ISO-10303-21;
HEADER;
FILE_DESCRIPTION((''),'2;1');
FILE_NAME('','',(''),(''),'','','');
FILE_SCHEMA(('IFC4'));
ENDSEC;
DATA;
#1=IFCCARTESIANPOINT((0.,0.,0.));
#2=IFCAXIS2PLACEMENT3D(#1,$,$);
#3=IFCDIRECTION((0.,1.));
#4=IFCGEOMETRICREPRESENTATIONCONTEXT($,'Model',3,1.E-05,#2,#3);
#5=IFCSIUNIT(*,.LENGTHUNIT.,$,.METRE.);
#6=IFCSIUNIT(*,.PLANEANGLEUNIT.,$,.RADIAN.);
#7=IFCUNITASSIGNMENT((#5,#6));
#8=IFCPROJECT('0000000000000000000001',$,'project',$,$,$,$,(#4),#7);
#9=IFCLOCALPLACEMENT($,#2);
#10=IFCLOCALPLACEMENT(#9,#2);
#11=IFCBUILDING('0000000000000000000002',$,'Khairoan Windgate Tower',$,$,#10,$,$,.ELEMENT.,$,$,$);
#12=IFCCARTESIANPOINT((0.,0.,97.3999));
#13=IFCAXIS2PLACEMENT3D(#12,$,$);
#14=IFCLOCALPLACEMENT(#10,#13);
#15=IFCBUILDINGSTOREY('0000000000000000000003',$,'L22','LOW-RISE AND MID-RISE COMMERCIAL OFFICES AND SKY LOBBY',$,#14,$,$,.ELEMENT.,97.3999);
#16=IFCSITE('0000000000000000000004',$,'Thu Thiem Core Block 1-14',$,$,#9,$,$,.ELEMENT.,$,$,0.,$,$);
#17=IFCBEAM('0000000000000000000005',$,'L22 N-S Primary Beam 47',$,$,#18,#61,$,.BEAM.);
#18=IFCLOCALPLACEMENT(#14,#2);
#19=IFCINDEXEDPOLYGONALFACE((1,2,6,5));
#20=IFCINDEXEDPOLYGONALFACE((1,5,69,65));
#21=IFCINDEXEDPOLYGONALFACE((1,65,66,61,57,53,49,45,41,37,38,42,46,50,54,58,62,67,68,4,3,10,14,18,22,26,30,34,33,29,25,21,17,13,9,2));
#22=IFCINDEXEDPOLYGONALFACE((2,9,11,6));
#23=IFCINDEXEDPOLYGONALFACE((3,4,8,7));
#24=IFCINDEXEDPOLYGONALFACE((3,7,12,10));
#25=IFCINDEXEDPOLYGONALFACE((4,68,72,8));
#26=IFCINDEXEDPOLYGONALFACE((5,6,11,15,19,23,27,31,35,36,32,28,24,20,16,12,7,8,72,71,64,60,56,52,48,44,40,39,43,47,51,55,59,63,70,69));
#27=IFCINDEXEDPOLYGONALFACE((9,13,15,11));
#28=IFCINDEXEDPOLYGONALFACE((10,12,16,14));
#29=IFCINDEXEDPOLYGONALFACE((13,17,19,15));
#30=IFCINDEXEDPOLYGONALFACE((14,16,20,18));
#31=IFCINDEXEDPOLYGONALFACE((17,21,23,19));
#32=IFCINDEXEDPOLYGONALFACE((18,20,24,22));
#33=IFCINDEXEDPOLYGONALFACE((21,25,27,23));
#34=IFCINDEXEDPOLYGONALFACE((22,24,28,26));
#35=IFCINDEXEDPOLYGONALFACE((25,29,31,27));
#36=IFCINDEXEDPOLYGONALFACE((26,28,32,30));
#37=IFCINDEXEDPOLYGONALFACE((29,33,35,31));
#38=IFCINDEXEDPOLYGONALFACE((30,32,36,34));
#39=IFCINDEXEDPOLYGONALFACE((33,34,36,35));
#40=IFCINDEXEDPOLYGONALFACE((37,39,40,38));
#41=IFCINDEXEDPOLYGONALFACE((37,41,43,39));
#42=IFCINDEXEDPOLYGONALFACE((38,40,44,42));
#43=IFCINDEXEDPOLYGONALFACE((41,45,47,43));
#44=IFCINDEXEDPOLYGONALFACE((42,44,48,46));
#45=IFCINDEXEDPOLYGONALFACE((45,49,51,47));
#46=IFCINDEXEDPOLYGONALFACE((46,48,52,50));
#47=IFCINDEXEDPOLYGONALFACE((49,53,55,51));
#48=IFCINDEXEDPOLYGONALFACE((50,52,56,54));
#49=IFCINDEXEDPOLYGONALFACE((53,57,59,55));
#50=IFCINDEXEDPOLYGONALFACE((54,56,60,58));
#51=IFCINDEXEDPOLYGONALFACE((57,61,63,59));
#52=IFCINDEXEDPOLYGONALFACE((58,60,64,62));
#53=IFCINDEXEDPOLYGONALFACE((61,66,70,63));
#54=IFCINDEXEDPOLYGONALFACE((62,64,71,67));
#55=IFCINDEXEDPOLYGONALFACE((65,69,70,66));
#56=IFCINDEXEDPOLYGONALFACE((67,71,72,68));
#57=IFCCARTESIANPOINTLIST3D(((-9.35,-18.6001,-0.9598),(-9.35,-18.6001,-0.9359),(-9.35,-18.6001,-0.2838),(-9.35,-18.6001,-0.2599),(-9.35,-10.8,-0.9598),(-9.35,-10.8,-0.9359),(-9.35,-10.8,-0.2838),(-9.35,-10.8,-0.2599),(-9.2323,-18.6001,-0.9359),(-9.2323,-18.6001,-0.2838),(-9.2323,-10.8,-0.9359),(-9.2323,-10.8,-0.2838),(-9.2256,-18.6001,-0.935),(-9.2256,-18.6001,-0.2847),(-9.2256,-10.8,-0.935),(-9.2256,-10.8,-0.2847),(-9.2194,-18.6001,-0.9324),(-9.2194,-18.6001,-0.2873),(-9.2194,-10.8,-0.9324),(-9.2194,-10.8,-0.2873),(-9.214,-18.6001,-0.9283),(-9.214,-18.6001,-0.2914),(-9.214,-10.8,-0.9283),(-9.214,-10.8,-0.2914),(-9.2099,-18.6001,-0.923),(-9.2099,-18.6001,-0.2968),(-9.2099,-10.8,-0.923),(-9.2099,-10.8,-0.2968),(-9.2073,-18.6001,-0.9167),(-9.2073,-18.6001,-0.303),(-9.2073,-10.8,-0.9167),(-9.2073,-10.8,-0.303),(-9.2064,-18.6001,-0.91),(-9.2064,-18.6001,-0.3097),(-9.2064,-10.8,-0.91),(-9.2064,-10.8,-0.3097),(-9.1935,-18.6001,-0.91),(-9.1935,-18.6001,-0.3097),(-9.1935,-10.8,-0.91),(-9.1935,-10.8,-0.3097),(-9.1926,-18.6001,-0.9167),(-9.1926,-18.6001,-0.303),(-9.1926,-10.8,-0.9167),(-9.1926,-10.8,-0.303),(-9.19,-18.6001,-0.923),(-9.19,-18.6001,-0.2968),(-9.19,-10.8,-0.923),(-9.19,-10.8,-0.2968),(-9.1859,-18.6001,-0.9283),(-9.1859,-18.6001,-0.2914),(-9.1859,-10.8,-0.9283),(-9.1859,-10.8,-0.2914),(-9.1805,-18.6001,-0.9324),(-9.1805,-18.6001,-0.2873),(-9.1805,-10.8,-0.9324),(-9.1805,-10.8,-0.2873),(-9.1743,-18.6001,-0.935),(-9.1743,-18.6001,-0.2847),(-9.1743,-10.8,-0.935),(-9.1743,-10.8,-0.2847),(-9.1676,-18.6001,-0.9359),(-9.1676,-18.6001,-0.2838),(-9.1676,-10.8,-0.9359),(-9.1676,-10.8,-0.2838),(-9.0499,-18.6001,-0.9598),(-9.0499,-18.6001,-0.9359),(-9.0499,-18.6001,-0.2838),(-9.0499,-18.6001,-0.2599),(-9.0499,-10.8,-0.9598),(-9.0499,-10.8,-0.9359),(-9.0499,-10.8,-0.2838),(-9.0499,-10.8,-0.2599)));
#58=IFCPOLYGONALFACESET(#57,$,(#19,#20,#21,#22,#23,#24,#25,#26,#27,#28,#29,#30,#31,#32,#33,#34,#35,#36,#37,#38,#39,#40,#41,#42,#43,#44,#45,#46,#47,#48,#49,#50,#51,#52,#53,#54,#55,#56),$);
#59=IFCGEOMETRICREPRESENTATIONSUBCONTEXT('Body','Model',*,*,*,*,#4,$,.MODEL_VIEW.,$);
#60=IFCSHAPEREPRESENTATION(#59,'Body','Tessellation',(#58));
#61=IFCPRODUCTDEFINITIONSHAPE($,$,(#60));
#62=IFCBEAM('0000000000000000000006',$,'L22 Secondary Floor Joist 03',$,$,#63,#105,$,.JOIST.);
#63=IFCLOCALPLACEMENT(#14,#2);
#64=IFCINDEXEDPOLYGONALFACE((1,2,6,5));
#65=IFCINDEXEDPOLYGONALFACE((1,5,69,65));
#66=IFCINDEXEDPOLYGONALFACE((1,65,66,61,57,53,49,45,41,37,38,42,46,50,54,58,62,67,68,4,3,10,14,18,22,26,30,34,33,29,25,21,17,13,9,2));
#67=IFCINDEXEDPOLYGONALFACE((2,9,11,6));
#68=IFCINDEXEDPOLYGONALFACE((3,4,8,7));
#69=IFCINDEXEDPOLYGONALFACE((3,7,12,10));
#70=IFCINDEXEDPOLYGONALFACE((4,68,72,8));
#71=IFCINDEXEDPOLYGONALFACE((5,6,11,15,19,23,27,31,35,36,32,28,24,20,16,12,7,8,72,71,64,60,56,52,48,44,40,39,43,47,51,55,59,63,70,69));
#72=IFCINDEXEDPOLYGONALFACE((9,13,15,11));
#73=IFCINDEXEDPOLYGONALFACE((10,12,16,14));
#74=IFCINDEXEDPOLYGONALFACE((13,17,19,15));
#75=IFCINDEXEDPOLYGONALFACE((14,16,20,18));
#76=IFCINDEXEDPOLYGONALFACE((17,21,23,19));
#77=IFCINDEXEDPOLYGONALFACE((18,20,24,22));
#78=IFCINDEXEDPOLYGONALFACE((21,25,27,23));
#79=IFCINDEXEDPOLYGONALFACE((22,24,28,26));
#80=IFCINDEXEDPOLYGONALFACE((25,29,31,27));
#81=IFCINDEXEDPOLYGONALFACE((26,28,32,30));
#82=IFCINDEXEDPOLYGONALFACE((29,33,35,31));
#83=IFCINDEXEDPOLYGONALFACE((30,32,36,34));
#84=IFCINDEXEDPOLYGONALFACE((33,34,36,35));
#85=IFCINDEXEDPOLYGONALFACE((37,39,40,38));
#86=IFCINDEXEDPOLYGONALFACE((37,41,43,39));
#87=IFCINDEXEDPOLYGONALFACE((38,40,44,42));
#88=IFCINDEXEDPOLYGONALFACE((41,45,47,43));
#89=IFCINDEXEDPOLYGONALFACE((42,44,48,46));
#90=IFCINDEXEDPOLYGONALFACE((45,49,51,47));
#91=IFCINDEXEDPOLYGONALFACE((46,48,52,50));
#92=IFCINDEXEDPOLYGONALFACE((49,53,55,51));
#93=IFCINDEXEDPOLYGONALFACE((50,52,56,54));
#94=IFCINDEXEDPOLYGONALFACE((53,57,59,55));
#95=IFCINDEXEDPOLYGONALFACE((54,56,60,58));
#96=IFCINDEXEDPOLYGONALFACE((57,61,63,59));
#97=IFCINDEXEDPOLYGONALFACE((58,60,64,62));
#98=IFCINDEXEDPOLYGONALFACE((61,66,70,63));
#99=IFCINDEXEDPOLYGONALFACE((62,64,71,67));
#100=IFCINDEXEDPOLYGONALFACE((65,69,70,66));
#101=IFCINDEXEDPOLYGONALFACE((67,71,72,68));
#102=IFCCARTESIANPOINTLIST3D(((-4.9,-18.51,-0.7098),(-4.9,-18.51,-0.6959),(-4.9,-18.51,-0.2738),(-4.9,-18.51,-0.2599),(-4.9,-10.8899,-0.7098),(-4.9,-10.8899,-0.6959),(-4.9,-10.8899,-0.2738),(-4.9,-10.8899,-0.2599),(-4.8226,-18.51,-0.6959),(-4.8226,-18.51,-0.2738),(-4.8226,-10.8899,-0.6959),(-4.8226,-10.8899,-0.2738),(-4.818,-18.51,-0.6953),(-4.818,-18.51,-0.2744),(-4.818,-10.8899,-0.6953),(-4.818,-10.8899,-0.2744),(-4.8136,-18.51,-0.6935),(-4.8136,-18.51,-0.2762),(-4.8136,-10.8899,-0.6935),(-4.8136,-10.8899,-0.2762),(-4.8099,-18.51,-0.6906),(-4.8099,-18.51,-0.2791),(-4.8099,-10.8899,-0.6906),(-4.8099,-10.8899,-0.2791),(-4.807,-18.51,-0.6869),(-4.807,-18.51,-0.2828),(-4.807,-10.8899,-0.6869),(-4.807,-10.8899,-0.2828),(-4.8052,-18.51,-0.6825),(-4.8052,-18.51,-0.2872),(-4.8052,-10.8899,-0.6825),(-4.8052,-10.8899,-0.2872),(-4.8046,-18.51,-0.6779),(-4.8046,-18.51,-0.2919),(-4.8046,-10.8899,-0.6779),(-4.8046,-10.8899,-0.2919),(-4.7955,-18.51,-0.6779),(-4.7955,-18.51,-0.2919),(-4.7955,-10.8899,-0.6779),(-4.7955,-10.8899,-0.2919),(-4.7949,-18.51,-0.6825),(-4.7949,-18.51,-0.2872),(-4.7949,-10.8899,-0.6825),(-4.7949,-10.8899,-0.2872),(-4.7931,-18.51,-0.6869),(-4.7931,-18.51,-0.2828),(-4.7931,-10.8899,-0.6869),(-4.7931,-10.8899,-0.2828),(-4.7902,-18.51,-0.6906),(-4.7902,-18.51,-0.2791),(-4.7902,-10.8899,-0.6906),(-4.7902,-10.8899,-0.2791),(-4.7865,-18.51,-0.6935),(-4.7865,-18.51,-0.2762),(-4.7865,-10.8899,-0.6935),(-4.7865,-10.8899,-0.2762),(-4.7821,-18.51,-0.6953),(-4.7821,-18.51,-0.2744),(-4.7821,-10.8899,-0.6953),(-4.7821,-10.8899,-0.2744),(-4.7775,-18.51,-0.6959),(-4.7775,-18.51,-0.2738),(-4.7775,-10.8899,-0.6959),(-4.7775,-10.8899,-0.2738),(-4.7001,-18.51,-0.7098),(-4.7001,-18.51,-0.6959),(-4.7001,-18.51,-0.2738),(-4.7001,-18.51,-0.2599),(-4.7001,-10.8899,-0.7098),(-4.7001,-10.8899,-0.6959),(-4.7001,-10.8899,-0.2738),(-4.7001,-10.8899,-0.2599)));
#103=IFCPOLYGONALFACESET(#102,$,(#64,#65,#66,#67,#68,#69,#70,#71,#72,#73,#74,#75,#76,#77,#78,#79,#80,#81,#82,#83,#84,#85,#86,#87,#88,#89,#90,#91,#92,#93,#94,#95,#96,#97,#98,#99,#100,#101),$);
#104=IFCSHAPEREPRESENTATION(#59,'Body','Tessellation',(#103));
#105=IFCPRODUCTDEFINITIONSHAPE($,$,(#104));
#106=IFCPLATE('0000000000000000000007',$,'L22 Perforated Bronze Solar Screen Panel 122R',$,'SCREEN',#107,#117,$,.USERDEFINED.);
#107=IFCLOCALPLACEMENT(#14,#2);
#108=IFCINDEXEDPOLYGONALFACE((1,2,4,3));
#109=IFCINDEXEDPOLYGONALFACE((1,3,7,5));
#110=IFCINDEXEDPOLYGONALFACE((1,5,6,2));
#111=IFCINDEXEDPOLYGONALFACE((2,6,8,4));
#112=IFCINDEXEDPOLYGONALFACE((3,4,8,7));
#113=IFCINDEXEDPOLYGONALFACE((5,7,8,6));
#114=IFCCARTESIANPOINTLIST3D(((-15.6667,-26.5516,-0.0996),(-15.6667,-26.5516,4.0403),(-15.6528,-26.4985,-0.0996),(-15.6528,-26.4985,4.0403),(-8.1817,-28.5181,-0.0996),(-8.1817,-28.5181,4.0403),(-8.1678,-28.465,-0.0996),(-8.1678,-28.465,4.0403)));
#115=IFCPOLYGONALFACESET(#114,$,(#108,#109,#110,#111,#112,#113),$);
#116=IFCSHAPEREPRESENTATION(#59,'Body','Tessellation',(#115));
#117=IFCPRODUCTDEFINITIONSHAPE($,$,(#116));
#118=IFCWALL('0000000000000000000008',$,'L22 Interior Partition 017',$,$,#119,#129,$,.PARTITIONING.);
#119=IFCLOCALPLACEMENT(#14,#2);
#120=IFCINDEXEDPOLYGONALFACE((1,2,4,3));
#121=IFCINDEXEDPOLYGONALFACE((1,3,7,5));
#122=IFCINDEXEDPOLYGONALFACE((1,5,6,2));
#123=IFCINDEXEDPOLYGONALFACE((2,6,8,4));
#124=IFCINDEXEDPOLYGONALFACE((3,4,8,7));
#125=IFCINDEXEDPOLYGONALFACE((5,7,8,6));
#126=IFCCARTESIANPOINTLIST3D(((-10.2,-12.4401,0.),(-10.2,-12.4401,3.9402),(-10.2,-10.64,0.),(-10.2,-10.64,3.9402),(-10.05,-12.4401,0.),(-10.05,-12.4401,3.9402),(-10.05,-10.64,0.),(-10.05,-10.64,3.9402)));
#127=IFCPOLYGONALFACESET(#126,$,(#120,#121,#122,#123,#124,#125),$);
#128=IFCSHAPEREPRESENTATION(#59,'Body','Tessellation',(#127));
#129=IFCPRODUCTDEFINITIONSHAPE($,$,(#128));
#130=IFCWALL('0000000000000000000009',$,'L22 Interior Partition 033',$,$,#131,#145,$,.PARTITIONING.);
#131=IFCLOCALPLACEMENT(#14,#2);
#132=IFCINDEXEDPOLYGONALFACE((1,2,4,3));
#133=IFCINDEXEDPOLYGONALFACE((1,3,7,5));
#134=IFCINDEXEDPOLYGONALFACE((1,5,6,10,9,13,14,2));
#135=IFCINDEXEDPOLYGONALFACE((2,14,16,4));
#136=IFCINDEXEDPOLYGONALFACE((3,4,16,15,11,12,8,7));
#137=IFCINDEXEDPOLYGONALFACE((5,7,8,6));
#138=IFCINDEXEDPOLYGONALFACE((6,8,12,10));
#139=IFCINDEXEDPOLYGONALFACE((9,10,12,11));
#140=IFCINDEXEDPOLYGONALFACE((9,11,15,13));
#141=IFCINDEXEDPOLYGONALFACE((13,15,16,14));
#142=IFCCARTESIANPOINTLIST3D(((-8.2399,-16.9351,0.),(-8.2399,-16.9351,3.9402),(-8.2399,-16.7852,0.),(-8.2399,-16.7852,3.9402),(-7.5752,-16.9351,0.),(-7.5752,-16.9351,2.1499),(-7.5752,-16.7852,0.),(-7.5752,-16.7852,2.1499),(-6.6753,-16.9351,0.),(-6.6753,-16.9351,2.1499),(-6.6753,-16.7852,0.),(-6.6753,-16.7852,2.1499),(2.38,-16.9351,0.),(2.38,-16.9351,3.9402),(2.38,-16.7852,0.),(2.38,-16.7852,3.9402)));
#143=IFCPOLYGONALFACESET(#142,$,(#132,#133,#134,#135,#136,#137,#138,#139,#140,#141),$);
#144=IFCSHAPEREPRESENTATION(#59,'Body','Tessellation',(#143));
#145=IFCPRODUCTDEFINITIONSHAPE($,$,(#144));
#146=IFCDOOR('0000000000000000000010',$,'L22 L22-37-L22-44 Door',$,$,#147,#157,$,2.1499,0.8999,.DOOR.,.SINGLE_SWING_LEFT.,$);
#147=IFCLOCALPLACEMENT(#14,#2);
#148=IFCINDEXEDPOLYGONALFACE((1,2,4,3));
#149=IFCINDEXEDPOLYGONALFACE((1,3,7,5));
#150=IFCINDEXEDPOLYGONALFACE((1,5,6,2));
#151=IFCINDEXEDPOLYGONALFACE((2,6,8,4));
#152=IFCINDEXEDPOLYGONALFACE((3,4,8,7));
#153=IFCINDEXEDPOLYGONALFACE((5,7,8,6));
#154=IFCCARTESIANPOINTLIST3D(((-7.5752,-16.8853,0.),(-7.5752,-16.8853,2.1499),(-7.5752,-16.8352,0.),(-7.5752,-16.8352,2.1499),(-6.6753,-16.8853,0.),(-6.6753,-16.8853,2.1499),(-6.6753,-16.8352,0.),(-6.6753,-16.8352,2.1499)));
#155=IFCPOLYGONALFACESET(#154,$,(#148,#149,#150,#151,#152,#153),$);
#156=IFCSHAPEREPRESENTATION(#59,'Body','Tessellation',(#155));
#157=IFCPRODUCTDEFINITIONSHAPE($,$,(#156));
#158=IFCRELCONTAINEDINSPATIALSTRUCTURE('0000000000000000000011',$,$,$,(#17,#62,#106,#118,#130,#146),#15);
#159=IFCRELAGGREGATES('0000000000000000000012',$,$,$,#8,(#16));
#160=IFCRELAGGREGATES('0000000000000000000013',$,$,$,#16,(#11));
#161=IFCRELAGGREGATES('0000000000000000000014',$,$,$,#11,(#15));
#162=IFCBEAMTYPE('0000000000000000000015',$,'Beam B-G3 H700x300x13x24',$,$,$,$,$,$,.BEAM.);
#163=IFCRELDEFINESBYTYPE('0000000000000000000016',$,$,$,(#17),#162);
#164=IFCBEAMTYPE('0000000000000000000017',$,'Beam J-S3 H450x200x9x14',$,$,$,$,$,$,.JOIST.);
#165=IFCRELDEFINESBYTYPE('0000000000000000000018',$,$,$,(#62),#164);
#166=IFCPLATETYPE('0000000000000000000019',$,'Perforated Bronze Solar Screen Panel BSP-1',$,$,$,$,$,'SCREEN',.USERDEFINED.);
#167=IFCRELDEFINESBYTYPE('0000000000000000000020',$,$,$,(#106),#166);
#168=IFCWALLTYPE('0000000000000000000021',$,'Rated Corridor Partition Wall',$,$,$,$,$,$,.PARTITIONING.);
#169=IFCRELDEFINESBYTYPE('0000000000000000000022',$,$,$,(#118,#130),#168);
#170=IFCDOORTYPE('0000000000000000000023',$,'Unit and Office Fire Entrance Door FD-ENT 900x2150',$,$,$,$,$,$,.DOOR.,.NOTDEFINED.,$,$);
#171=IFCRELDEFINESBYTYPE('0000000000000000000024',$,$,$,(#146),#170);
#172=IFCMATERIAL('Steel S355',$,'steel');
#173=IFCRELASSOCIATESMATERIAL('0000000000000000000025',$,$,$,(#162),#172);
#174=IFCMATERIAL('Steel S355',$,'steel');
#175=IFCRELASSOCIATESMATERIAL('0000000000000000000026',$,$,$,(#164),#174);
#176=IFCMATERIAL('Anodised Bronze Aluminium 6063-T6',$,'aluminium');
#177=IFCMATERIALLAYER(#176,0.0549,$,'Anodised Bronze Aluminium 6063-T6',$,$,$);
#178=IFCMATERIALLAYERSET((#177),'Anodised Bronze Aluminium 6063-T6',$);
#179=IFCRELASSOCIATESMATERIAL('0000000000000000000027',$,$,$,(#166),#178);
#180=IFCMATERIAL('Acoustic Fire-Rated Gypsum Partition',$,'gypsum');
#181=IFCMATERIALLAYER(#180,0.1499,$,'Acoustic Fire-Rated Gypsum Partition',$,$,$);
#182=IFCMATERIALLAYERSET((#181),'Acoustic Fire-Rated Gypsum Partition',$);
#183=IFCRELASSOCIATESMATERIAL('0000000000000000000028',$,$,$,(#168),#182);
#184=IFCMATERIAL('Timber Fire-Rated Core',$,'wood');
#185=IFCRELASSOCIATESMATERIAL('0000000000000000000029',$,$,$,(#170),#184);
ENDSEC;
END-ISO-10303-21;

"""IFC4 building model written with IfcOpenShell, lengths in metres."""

from ifc_helpers import new_model, si_unit, direction, frame, frame_2d, origin, origin_2d, place, context, subcontext, project, spatial, rectangle, i_section, extrude, material, layer, layer_set, material_profile, profile_set, type_object, element, fill, save


model = new_model("IFC4")

# Units and contexts
model_context = context("Model", 3, precision=1e-05, world=origin(), true_north=direction((0.0, 1.0)))
body_context = subcontext(model_context, "Body", "Model", "MODEL_VIEW")
ifc_project = project(units=[si_unit("LENGTHUNIT", "METRE"), si_unit("PLANEANGLEUNIT", "RADIAN")], contexts=[model_context])

# Site, building, storey
site_placement = place(None, origin())
site = spatial("IfcSite", under=ifc_project, at=site_placement, Name="Thu Thiem Core Block 1-14", CompositionType="ELEMENT", RefElevation=0.0)
building_placement = place(site_placement, origin())
building = spatial("IfcBuilding", under=site, at=building_placement, Name="Khairoan Windgate Tower", CompositionType="ELEMENT")
storey_placement = place(building_placement, frame((0.0, 0.0, 97.3999)))
storey = spatial("IfcBuildingStorey", under=building, at=storey_placement, Name="L22", Description="LOW-RISE AND MID-RISE COMMERCIAL OFFICES AND SKY LOBBY", CompositionType="ELEMENT", Elevation=97.3999)

# Beams
ifc_material_1 = material(Name="Steel S355", Category="steel")
ifc_material_profile_1 = material_profile(ifc_material_1, i_section(OverallWidth=0.3, OverallDepth=0.7, WebThickness=0.0129, FlangeThickness=0.0239, FilletRadius=0.0259, at=origin_2d()))
ifc_profile_set_1 = profile_set([ifc_material_profile_1], Name="Steel S355")
beam_type_1 = type_object("IfcBeamType", Name="Beam B-G3 H700x300x13x24", PredefinedType="BEAM", material=ifc_profile_set_1)
beam_1_placement = place(storey_placement, frame((-9.2, -18.6001, -0.6099), z_axis=(0.0, 1.0, 0.0), x_axis=(-1.0, 0.0, 0.0)))
element("IfcBeam", 1, at=beam_1_placement, inside=storey, type_object=beam_type_1, Name="L22 N-S Primary Beam 47", PredefinedType="BEAM", context=body_context, shape_type="SweptSolid", body=[
    extrude(i_section(OverallWidth=0.3, OverallDepth=0.7, WebThickness=0.0129, FlangeThickness=0.0239, FilletRadius=0.0259, at=origin_2d()), origin(), (0.0, 0.0, 1.0), 7.8),
])
ifc_material_2 = material(Name="Steel S355", Category="steel")
ifc_material_profile_2 = material_profile(ifc_material_2, i_section(OverallWidth=0.2, OverallDepth=0.45, WebThickness=0.009, FlangeThickness=0.0139, FilletRadius=0.0181, at=origin_2d()))
ifc_profile_set_2 = profile_set([ifc_material_profile_2], Name="Steel S355")
beam_type_2 = type_object("IfcBeamType", Name="Beam J-S3 H450x200x9x14", PredefinedType="JOIST", material=ifc_profile_set_2)
beam_2_placement = place(storey_placement, frame((-4.8, -18.51, -0.4849), z_axis=(0.0, 1.0, 0.0), x_axis=(-1.0, 0.0, 0.0)))
element("IfcBeam", 2, at=beam_2_placement, inside=storey, type_object=beam_type_2, Name="L22 Secondary Floor Joist 03", PredefinedType="JOIST", context=body_context, shape_type="SweptSolid", body=[
    extrude(i_section(OverallWidth=0.2, OverallDepth=0.45, WebThickness=0.009, FlangeThickness=0.0139, FilletRadius=0.0181, at=origin_2d()), origin(), (0.0, 0.0, 1.0), 7.6201),
])

# Plate
ifc_material_3 = material(Name="Anodised Bronze Aluminium 6063-T6", Category="aluminium")
ifc_layer_1 = layer(ifc_material_3, 0.0549, Name="Anodised Bronze Aluminium 6063-T6")
ifc_layer_set_1 = layer_set([ifc_layer_1], Name="Anodised Bronze Aluminium 6063-T6")
plate_type = type_object("IfcPlateType", Name="Perforated Bronze Solar Screen Panel BSP-1", ElementType="SCREEN", PredefinedType="USERDEFINED", material=ifc_layer_set_1)
plate_placement = place(storey_placement, frame((-11.9172, -27.5083, -0.0996), z_axis=(0.0, 0.0, 1.0), x_axis=(-0.967179, 0.254096, 0.0)))
element("IfcPlate", 3, at=plate_placement, inside=storey, type_object=plate_type, Name="L22 Perforated Bronze Solar Screen Panel 122R", ObjectType="SCREEN", PredefinedType="USERDEFINED", context=body_context, shape_type="SweptSolid", body=[
    extrude(rectangle(XDim=7.739, YDim=0.0549, at=origin_2d()), origin(), (0.0, 0.0, 1.0), 4.1399),
])

# Wall
ifc_material_4 = material(Name="Acoustic Fire-Rated Gypsum Partition", Category="gypsum")
ifc_layer_2 = layer(ifc_material_4, 0.1499, Name="Acoustic Fire-Rated Gypsum Partition")
ifc_layer_set_2 = layer_set([ifc_layer_2], Name="Acoustic Fire-Rated Gypsum Partition")
wall_type_1 = type_object("IfcWallType", Name="Rated Corridor Partition Wall", PredefinedType="PARTITIONING", material=ifc_layer_set_2)
wall_1_placement = place(storey_placement, frame((-10.125, -12.4399, 0.0), z_axis=(0.0, 0.0, 1.0), x_axis=(0.0, 1.0, 0.0)))
element("IfcWall", 4, at=wall_1_placement, inside=storey, type_object=wall_type_1, Name="L22 Interior Partition 017", PredefinedType="PARTITIONING", context=body_context, shape_type="SweptSolid", body=[
    extrude(rectangle(XDim=1.8, YDim=0.1499, at=frame_2d((0.8999, 0.0))), origin(), (0.0, 0.0, 1.0), 3.9402),
])

# Wall, opening, door
wall_2_placement = place(storey_placement, frame((-8.24, -16.8601, 0.0), z_axis=(0.0, 0.0, 1.0), x_axis=(1.0, 0.0, 0.0)))
wall_2 = element("IfcWall", 5, at=wall_2_placement, inside=storey, type_object=wall_type_1, Name="L22 Interior Partition 033", PredefinedType="PARTITIONING", context=body_context, shape_type="SweptSolid", body=[
    extrude(rectangle(XDim=10.6199, YDim=0.1499, at=frame_2d((5.3101, 0.0))), origin(), (0.0, 0.0, 1.0), 3.9402),
])
opening_1_placement = place(wall_2_placement, frame((0.6648, 0.0, 0.0)))
opening_1 = element("IfcOpeningElement", 6, at=opening_1_placement, cuts=wall_2, PredefinedType="OPENING", context=body_context, shape_type="SweptSolid", body=[
    extrude(rectangle(XDim=0.8999, YDim=2.1499, at=frame_2d((0.45, 1.075))), frame((0.0, 0.085, 0.0), z_axis=(0.0, -1.0, 0.0), x_axis=(1.0, 0.0, 0.0)), (0.0, 0.0, 1.0), 0.1699),
])
ifc_material_5 = material(Name="Timber Fire-Rated Core", Category="wood")
door_type_1 = type_object("IfcDoorType", Name="Unit and Office Fire Entrance Door FD-ENT 900x2150", OperationType="NOTDEFINED", PredefinedType="DOOR", material=ifc_material_5)
door_1_placement = place(opening_1_placement, origin())
door_1 = element("IfcDoor", 7, at=door_1_placement, inside=storey, type_object=door_type_1, Name="L22 L22-37-L22-44 Door", OperationType="SINGLE_SWING_LEFT", OverallHeight=2.1499, OverallWidth=0.8999, PredefinedType="DOOR", context=body_context, shape_type="SweptSolid", body=[
    extrude(rectangle(XDim=0.8999, YDim=2.1499, at=frame_2d((0.45, 1.075))), frame((0.0, 0.0249, 0.0), z_axis=(0.0, -1.0, 0.0), x_axis=(1.0, 0.0, 0.0)), (0.0, 0.0, 1.0), 0.05),
])
fill(opening_1, door_1)

save(model, "model.ifc")
